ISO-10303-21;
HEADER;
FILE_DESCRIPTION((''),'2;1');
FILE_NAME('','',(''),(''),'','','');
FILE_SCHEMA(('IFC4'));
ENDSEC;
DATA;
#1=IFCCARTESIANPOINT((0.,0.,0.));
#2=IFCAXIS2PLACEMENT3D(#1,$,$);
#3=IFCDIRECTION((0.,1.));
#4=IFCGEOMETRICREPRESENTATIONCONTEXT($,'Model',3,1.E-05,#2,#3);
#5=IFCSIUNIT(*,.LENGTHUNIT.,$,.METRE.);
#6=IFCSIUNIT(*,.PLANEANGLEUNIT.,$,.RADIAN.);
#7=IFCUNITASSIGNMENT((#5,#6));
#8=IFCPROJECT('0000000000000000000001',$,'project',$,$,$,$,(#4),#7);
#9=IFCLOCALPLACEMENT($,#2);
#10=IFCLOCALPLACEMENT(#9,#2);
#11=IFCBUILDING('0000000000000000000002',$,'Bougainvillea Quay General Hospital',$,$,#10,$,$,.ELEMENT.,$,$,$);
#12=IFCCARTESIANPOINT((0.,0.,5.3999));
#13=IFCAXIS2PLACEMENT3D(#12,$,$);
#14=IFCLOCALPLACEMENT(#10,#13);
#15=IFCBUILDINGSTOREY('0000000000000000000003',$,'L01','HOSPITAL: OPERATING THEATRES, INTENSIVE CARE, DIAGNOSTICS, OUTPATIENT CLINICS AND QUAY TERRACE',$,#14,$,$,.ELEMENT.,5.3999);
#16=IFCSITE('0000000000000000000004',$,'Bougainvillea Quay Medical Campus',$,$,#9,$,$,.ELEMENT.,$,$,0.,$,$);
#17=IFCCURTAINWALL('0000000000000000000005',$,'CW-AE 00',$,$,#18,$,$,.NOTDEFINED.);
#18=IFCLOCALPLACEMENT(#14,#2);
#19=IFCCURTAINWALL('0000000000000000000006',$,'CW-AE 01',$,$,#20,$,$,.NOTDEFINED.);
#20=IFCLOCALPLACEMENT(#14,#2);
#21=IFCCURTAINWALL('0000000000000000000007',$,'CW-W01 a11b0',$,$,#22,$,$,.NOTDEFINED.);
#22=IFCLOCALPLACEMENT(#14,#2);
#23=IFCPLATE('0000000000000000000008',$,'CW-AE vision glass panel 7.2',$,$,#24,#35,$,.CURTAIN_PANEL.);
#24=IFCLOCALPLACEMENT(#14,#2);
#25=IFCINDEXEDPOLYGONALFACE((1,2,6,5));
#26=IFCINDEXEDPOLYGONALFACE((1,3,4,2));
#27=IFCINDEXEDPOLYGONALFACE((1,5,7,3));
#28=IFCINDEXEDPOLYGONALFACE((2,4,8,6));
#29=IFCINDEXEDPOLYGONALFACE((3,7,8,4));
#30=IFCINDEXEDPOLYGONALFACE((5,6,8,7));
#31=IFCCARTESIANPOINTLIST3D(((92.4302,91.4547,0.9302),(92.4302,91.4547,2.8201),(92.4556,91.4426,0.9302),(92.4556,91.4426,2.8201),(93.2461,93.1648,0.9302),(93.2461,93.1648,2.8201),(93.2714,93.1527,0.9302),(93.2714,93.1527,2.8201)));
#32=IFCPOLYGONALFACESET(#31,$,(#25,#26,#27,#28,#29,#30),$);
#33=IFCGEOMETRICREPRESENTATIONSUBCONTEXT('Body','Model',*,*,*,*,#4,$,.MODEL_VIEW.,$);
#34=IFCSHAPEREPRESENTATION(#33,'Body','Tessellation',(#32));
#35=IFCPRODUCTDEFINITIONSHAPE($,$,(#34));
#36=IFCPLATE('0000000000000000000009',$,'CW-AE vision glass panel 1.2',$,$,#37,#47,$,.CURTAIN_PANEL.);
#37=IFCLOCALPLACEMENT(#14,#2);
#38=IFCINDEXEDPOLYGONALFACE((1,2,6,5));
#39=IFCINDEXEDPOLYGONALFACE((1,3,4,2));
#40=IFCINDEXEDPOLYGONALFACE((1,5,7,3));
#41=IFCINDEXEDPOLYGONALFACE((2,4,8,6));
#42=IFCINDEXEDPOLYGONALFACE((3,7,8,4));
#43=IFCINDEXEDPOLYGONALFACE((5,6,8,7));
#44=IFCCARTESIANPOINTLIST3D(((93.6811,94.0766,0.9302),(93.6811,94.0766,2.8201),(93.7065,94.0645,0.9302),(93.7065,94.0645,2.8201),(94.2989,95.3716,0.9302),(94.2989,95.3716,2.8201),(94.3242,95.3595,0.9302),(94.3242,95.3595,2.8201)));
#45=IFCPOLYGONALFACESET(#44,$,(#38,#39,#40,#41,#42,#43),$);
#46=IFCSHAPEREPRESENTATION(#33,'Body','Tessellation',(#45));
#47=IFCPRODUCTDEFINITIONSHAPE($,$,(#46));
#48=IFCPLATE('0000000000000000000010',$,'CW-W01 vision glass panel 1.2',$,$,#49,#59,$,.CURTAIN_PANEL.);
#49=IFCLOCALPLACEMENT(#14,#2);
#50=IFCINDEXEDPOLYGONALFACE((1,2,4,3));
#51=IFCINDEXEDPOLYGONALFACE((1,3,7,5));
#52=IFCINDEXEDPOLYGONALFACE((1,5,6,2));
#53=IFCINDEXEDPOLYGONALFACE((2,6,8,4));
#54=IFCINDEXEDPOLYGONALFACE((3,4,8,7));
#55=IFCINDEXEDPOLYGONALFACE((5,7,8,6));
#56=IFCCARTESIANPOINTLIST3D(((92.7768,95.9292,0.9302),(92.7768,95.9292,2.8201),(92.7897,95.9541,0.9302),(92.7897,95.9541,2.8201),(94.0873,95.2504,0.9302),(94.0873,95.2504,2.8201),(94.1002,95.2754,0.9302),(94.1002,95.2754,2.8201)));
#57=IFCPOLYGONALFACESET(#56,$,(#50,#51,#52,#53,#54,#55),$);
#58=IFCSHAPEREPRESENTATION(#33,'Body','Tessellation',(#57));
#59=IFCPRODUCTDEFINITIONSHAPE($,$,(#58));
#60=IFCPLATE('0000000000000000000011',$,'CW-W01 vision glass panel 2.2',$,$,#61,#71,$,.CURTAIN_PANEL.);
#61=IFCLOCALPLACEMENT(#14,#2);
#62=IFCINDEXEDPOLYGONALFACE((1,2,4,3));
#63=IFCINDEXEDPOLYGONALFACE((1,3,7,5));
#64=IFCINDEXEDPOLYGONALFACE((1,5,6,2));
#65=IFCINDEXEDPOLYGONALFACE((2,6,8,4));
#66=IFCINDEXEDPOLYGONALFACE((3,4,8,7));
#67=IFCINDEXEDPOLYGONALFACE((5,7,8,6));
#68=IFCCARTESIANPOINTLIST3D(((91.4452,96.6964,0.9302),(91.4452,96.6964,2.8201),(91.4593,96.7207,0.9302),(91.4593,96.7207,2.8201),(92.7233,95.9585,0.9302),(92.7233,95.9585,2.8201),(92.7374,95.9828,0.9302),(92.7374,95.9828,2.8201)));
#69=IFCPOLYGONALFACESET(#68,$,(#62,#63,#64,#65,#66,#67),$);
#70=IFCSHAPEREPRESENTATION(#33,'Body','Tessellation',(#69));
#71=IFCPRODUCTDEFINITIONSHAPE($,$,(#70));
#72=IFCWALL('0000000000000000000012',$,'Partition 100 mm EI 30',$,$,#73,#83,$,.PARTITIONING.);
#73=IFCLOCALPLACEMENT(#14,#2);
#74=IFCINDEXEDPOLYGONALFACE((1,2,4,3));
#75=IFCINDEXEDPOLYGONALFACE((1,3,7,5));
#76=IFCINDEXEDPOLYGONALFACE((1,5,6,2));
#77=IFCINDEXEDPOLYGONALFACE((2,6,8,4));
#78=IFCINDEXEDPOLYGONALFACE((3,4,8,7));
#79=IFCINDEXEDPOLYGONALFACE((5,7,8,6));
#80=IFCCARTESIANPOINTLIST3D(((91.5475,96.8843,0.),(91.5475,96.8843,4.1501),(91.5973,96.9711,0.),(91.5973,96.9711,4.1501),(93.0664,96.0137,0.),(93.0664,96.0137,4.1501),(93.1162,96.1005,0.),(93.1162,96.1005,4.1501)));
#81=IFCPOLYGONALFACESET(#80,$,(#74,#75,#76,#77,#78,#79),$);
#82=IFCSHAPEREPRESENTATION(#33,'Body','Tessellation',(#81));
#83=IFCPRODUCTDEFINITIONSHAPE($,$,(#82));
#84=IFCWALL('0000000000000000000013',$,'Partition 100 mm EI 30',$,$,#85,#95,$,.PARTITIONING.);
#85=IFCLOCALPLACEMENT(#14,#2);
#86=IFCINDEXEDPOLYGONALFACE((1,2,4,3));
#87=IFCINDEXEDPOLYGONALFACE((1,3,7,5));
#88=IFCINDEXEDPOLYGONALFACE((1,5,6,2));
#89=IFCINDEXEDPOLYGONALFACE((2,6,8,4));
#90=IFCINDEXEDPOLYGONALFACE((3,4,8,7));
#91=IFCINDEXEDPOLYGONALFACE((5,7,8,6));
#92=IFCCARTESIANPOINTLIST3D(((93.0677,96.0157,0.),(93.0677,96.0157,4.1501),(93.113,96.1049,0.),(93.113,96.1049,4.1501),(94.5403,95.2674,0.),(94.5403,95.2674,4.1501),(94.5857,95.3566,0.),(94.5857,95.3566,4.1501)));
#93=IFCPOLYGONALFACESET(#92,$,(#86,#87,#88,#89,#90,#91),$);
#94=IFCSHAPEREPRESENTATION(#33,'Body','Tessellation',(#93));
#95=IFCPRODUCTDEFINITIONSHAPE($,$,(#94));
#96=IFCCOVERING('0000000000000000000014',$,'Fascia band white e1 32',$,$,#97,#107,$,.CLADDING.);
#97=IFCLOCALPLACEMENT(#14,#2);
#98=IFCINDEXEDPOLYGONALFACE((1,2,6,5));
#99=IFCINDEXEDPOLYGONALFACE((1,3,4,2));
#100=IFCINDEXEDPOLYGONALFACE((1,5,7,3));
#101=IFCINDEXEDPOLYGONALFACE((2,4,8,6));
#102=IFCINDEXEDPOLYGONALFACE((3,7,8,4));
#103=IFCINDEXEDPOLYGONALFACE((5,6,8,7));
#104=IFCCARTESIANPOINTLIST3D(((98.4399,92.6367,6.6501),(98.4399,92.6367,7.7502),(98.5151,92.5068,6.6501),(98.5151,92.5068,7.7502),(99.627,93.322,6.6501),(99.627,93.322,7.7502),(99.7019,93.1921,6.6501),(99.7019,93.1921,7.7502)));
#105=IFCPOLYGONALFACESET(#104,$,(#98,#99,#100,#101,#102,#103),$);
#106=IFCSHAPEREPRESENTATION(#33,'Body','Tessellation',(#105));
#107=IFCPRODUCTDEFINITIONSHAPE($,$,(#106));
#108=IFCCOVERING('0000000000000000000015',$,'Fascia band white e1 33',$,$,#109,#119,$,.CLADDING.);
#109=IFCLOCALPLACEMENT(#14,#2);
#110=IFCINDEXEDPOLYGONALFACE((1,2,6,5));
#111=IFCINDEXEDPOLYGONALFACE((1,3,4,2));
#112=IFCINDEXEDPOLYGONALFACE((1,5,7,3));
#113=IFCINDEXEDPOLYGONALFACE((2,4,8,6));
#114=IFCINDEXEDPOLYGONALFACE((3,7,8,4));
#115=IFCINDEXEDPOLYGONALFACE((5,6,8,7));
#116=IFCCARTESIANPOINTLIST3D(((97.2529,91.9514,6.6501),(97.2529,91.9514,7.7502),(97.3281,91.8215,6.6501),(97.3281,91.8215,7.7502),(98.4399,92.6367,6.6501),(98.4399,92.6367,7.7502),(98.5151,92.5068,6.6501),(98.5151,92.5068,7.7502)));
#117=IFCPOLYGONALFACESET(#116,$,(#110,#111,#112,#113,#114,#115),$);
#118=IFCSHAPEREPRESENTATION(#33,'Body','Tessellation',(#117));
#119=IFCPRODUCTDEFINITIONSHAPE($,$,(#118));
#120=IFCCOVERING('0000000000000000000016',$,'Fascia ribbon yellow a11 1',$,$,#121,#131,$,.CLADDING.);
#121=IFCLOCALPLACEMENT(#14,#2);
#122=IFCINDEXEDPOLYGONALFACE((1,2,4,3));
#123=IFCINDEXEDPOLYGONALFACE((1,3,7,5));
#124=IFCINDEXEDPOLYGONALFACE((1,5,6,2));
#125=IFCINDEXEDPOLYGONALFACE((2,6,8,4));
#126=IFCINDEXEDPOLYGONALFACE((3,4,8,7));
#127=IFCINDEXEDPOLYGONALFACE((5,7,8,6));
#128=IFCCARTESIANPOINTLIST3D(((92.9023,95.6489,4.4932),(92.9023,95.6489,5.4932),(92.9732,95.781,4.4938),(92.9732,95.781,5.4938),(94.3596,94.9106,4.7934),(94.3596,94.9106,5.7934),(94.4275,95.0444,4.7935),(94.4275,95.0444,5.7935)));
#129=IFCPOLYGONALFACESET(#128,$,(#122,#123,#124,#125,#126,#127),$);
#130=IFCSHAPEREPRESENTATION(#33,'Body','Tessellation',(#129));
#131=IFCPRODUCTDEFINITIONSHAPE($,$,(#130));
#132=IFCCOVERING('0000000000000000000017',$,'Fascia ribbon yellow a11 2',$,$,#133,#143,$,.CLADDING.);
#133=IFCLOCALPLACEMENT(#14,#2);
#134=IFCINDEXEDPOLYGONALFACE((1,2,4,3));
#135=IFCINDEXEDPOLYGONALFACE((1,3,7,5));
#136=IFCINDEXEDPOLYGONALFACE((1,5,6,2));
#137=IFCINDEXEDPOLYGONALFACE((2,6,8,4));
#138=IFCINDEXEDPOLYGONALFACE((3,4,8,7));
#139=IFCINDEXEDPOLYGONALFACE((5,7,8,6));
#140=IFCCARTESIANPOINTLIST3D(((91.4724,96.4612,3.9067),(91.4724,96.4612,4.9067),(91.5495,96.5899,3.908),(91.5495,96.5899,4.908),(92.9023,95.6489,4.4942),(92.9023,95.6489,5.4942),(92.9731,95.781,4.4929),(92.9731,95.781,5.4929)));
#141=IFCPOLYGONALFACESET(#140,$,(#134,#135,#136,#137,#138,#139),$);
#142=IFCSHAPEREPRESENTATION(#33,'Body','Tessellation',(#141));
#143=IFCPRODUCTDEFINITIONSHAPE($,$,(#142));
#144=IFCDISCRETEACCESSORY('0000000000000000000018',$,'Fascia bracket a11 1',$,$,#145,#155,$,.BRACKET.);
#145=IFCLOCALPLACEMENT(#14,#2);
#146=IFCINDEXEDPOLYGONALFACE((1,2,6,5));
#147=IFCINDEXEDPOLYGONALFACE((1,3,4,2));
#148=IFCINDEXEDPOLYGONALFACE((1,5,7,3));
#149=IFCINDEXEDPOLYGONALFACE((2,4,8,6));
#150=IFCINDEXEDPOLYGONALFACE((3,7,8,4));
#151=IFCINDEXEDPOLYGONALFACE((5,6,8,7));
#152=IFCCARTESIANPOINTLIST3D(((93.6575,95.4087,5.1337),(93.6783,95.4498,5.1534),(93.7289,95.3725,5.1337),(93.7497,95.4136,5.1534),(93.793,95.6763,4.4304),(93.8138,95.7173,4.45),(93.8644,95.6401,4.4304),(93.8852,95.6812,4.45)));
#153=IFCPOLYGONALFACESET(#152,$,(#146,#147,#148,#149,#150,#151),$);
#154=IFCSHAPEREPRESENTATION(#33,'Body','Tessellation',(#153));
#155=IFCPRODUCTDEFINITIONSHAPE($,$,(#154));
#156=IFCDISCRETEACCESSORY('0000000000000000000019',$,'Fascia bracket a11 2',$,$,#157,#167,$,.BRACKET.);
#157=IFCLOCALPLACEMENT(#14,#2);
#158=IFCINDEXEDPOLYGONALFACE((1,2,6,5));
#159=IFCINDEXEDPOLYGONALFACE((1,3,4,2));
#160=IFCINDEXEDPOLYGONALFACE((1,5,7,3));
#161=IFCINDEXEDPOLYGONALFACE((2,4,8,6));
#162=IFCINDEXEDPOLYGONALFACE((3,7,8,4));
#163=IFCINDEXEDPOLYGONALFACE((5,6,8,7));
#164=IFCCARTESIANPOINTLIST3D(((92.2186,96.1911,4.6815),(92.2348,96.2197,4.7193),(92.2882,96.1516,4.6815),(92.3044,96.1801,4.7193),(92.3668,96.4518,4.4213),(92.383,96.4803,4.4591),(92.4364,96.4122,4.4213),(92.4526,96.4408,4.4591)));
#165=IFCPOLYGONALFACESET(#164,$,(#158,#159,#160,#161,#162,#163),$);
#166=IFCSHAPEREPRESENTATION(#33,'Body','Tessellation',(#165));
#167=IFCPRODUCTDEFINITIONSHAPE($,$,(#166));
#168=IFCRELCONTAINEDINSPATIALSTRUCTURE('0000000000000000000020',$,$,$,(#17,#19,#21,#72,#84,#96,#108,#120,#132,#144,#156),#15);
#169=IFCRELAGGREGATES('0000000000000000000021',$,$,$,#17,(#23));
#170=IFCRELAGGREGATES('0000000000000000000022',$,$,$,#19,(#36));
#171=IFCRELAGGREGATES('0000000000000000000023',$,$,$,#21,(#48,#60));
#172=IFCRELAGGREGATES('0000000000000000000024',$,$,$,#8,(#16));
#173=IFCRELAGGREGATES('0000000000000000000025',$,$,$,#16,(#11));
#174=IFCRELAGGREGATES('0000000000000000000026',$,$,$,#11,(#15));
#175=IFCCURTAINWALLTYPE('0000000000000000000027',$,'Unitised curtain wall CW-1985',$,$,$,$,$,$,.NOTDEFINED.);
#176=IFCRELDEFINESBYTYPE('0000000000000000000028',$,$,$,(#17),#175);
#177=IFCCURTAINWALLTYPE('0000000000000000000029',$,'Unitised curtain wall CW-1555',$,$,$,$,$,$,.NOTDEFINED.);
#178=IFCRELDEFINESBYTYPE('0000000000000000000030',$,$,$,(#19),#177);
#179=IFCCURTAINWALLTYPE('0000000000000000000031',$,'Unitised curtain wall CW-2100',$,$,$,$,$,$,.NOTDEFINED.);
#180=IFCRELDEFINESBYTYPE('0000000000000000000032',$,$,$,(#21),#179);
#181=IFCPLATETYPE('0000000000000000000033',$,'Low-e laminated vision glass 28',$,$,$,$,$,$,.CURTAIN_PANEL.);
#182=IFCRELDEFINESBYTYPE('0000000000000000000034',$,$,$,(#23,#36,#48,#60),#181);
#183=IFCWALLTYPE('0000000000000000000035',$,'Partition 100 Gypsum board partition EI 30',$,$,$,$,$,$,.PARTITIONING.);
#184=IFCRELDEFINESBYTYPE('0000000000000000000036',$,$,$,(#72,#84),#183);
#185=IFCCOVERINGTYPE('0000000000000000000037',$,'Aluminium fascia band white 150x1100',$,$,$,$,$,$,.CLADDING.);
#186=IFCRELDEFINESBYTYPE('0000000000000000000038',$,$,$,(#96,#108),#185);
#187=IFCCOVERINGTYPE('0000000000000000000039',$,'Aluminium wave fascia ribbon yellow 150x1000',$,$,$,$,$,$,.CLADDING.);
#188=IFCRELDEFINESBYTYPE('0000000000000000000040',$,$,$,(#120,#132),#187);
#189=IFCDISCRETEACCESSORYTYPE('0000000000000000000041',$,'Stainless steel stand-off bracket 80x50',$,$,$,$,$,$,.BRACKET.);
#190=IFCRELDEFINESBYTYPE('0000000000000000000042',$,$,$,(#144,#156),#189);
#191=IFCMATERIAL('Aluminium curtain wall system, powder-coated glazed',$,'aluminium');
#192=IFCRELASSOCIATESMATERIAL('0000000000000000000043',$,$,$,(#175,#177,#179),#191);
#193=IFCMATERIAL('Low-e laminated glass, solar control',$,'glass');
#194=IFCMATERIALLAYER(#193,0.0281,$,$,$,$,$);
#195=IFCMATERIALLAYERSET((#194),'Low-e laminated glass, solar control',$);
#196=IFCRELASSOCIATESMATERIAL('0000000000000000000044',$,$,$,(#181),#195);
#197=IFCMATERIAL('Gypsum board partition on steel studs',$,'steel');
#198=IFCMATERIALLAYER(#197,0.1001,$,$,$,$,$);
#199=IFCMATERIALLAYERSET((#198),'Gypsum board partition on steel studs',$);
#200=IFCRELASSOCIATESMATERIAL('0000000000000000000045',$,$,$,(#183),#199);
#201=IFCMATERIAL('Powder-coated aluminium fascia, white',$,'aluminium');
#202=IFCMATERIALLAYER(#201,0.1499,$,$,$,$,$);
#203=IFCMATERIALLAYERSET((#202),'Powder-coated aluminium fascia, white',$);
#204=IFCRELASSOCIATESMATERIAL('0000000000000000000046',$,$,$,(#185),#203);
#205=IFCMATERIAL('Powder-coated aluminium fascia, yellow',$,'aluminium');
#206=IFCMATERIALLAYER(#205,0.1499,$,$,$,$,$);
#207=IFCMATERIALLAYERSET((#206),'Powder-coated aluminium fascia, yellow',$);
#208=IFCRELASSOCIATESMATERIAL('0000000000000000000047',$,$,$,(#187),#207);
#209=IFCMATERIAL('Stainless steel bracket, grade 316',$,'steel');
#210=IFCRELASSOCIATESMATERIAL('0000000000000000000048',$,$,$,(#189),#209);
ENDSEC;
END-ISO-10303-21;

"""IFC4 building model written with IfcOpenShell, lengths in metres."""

from ifc_helpers import new_model, si_unit, direction, frame, frame_2d, origin, origin_2d, place, context, subcontext, project, spatial, polyline, rectangle, outline, extrude, material, layer, layer_set, material_profile, profile_set, type_object, element, aggregate, save


model = new_model("IFC4")

# Units and contexts
model_context = context("Model", 3, precision=1e-05, world=origin(), true_north=direction((0.0, 1.0)))
body_context = subcontext(model_context, "Body", "Model", "MODEL_VIEW")
ifc_project = project(units=[si_unit("LENGTHUNIT", "METRE"), si_unit("PLANEANGLEUNIT", "RADIAN")], contexts=[model_context])

# Site, building, storey
site_placement = place(None, origin())
site = spatial("IfcSite", under=ifc_project, at=site_placement, Name="Bougainvillea Quay Medical Campus", CompositionType="ELEMENT", RefElevation=0.0)
building_placement = place(site_placement, origin())
building = spatial("IfcBuilding", under=site, at=building_placement, Name="Bougainvillea Quay General Hospital", CompositionType="ELEMENT")
storey_placement = place(building_placement, frame((0.0, 0.0, 5.3999)))
storey = spatial("IfcBuildingStorey", under=building, at=storey_placement, Name="L01", Description="HOSPITAL: OPERATING THEATRES, INTENSIVE CARE, DIAGNOSTICS, OUTPATIENT CLINICS AND QUAY TERRACE", CompositionType="ELEMENT", Elevation=5.3999)

# Curtain wall
ifc_material_1 = material(Name="Aluminium curtain wall system, powder-coated glazed", Category="aluminium")
curtain_wall_type_1 = type_object("IfcCurtainWallType", Name="Unitised curtain wall CW-1985", PredefinedType="NOTDEFINED", material=ifc_material_1)
curtain_wall_1_placement = place(storey_placement, origin())
curtain_wall_1 = element("IfcCurtainWall", 1, at=curtain_wall_1_placement, inside=storey, type_object=curtain_wall_type_1, Name="CW-AE 00", PredefinedType="NOTDEFINED")

# Curtain walls
curtain_wall_type_2 = type_object("IfcCurtainWallType", Name="Unitised curtain wall CW-1555", PredefinedType="NOTDEFINED", material=ifc_material_1)
curtain_wall_2_placement = place(storey_placement, origin())
curtain_wall_2 = element("IfcCurtainWall", 2, at=curtain_wall_2_placement, inside=storey, type_object=curtain_wall_type_2, Name="CW-AE 01", PredefinedType="NOTDEFINED")
curtain_wall_type_3 = type_object("IfcCurtainWallType", Name="Unitised curtain wall CW-2100", PredefinedType="NOTDEFINED", material=ifc_material_1)
curtain_wall_3_placement = place(storey_placement, origin())
curtain_wall_3 = element("IfcCurtainWall", 3, at=curtain_wall_3_placement, inside=storey, type_object=curtain_wall_type_3, Name="CW-W01 a11b0", PredefinedType="NOTDEFINED")

# Plates
ifc_material_2 = material(Name="Low-e laminated glass, solar control", Category="glass")
ifc_layer_1 = layer(ifc_material_2, 0.0281)
ifc_layer_set_1 = layer_set([ifc_layer_1], Name="Low-e laminated glass, solar control")
plate_type_1 = type_object("IfcPlateType", Name="Low-e laminated vision glass 28", PredefinedType="CURTAIN_PANEL", material=ifc_layer_set_1)
plate_1_placement = place(storey_placement, frame((92.8508, 92.3037, 0.9302), z_axis=(0.0, 0.0, 1.0), x_axis=(0.430563, 0.902561, 0.0)))
plate_1 = element("IfcPlate", 4, at=plate_1_placement, type_object=plate_type_1, Name="CW-AE vision glass panel 7.2", PredefinedType="CURTAIN_PANEL", context=body_context, shape_type="SweptSolid", body=[
    extrude(rectangle(XDim=1.8948, YDim=0.0281, at=origin_2d()), origin(), (0.0, 0.0, 1.0), 1.8899),
])
aggregate(curtain_wall_1, [plate_1])
plate_2_placement = place(storey_placement, frame((94.0027, 94.718, 0.9302), z_axis=(0.0, 0.0, 1.0), x_axis=(0.430563, 0.902561, 0.0)))
plate_2 = element("IfcPlate", 5, at=plate_2_placement, type_object=plate_type_1, Name="CW-AE vision glass panel 1.2", PredefinedType="CURTAIN_PANEL", context=body_context, shape_type="SweptSolid", body=[
    extrude(rectangle(XDim=1.4348, YDim=0.0281, at=origin_2d()), origin(), (0.0, 0.0, 1.0), 1.8899),
])
aggregate(curtain_wall_2, [plate_2])
plate_3_placement = place(storey_placement, frame((93.4385, 95.6023, 0.9302), z_axis=(0.0, 0.0, 1.0), x_axis=(-0.887958, 0.459924, 0.0)))
plate_3 = element("IfcPlate", 6, at=plate_3_placement, type_object=plate_type_1, Name="CW-W01 vision glass panel 1.2", PredefinedType="CURTAIN_PANEL", context=body_context, shape_type="SweptSolid", body=[
    extrude(rectangle(XDim=1.4758, YDim=0.0281, at=origin_2d()), origin(), (0.0, 0.0, 1.0), 1.8899),
])
plate_4_placement = place(storey_placement, frame((92.0913, 96.3396, 0.9302), z_axis=(0.0, 0.0, 1.0), x_axis=(-0.866007, 0.500031, 0.0)))
plate_4 = element("IfcPlate", 7, at=plate_4_placement, type_object=plate_type_1, Name="CW-W01 vision glass panel 2.2", PredefinedType="CURTAIN_PANEL", context=body_context, shape_type="SweptSolid", body=[
    extrude(rectangle(XDim=1.4758, YDim=0.0281, at=origin_2d()), origin(), (0.0, 0.0, 1.0), 1.8899),
])
aggregate(curtain_wall_3, [plate_3, plate_4])

# Walls
ifc_material_3 = material(Name="Gypsum board partition on steel studs", Category="steel")
ifc_layer_2 = layer(ifc_material_3, 0.1001)
ifc_layer_set_2 = layer_set([ifc_layer_2], Name="Gypsum board partition on steel studs")
wall_type = type_object("IfcWallType", Name="Partition 100 Gypsum board partition EI 30", PredefinedType="PARTITIONING", material=ifc_layer_set_2)
wall_1_placement = place(storey_placement, frame((91.5723, 96.9277, 0.0), z_axis=(0.0, 0.0, 1.0), x_axis=(0.867607, -0.49725, 0.0)))
element("IfcWall", 8, at=wall_1_placement, inside=storey, type_object=wall_type, Name="Partition 100 mm EI 30", PredefinedType="PARTITIONING", context=body_context, shape_type="SweptSolid", body=[
    extrude(rectangle(XDim=1.7507, YDim=0.1001, at=frame_2d((0.8755, 0.0))), origin(), (0.0, 0.0, 1.0), 4.1501),
])
wall_2_placement = place(storey_placement, frame((93.0903, 96.0603, 0.0), z_axis=(0.0, 0.0, 1.0), x_axis=(0.891512, -0.452998, 0.0)))
element("IfcWall", 9, at=wall_2_placement, inside=storey, type_object=wall_type, Name="Partition 100 mm EI 30", PredefinedType="PARTITIONING", context=body_context, shape_type="SweptSolid", body=[
    extrude(rectangle(XDim=1.6519, YDim=0.1001, at=frame_2d((0.8259, 0.0))), origin(), (0.0, 0.0, 1.0), 4.1501),
])

# Coverings
ifc_material_4 = material(Name="Powder-coated aluminium fascia, white", Category="aluminium")
ifc_layer_3 = layer(ifc_material_4, 0.1499)
ifc_layer_set_3 = layer_set([ifc_layer_3], Name="Powder-coated aluminium fascia, white")
covering_type_1 = type_object("IfcCoveringType", Name="Aluminium fascia band white 150x1100", PredefinedType="CLADDING", material=ifc_layer_set_3)
covering_1_placement = place(storey_placement, frame((99.7019, 93.1921, 6.6501), z_axis=(0.0, 0.0, 1.0), x_axis=(-0.865987, -0.500067, 0.0)))
element("IfcCovering", 10, at=covering_1_placement, inside=storey, type_object=covering_type_1, Name="Fascia band white e1 32", PredefinedType="CLADDING", context=body_context, shape_type="SweptSolid", body=[
    extrude(outline(polyline([(0.0, 0.0), (1.3704, 0.0), (1.3706, -0.1501), (0.0, -0.15), (0.0, 0.0)])), origin(), (0.0, 0.0, 1.0), 1.1001),
])
covering_2_placement = place(storey_placement, frame((98.5151, 92.5068, 6.6501), z_axis=(0.0, 0.0, 1.0), x_axis=(-0.866031, -0.49999, 0.0)))
element("IfcCovering", 11, at=covering_2_placement, inside=storey, type_object=covering_type_1, Name="Fascia band white e1 33", PredefinedType="CLADDING", context=body_context, shape_type="SweptSolid", body=[
    extrude(outline(polyline([(0.0, 0.0), (1.3706, 0.0), (1.3708, -0.1501), (0.0002, -0.1501), (0.0, 0.0)])), origin(), (0.0, 0.0, 1.0), 1.1001),
])
ifc_material_5 = material(Name="Powder-coated aluminium fascia, yellow", Category="aluminium")
ifc_layer_4 = layer(ifc_material_5, 0.1499)
ifc_layer_set_4 = layer_set([ifc_layer_4], Name="Powder-coated aluminium fascia, yellow")
covering_type_2 = type_object("IfcCoveringType", Name="Aluminium wave fascia ribbon yellow 150x1000", PredefinedType="CLADDING", material=ifc_layer_set_4)
covering_3_placement = place(storey_placement, frame((94.4275, 95.0444, 4.7935), z_axis=(-0.161366, 0.081456, 0.983527), x_axis=(-0.877414, 0.444378, -0.18076)))
element("IfcCovering", 12, at=covering_3_placement, inside=storey, type_object=covering_type_2, Name="Fascia ribbon yellow a11 1", PredefinedType="CLADDING", context=body_context, shape_type="SweptSolid", body=[
    extrude(outline(polyline([(0.0, 0.0), (1.6575, 0.0), (1.6611, 0.1498), (0.0001, 0.15), (0.0, 0.0)])), origin(), (-0.18076, -0.000237, 0.983527), 1.0),
])
covering_4_placement = place(storey_placement, frame((92.9731, 95.781, 4.4929), z_axis=(-0.292587, 0.166019, 0.941717), x_axis=(-0.818786, 0.46521, -0.336407)))
element("IfcCovering", 13, at=covering_4_placement, inside=storey, type_object=covering_type_2, Name="Fascia ribbon yellow a11 2", PredefinedType="CLADDING", context=body_context, shape_type="SweptSolid", body=[
    extrude(outline(polyline([(0.0, 0.0), (1.7387, 0.0), (1.7424, 0.15), (-0.0039, 0.1498), (0.0, 0.0)])), origin(), (-0.336407, -0.000181, 0.941717), 1.0),
])

# Discrete accessories
ifc_material_6 = material(Name="Stainless steel bracket, grade 316", Category="steel")
ifc_material_profile_1 = material_profile(ifc_material_6, rectangle(XDim=0.0801, YDim=0.05, at=origin_2d()))
ifc_profile_set_1 = profile_set([ifc_material_profile_1], Name="Stainless steel bracket, grade 316")
discrete_accessory_type = type_object("IfcDiscreteAccessoryType", Name="Stainless steel stand-off bracket 80x50", PredefinedType="BRACKET", material=ifc_profile_set_1)
discrete_accessory_1_placement = place(storey_placement, frame((93.8391, 95.6787, 4.4402), z_axis=(-0.177203, -0.349937, 0.919861), x_axis=(0.892136, -0.451766, 0.0)))
element("IfcDiscreteAccessory", 14, at=discrete_accessory_1_placement, inside=storey, type_object=discrete_accessory_type, Name="Fascia bracket a11 1", PredefinedType="BRACKET", context=body_context, shape_type="SweptSolid", body=[
    extrude(rectangle(XDim=0.0801, YDim=0.05, at=origin_2d()), origin(), (0.0, 0.0, 1.0), 0.7646),
])
discrete_accessory_2_placement = place(storey_placement, frame((92.4097, 96.4463, 4.4402), z_axis=(-0.373199, -0.656634, 0.655404), x_axis=(0.869393, -0.494121, 0.0)))
element("IfcDiscreteAccessory", 15, at=discrete_accessory_2_placement, inside=storey, type_object=discrete_accessory_type, Name="Fascia bracket a11 2", PredefinedType="BRACKET", context=body_context, shape_type="SweptSolid", body=[
    extrude(rectangle(XDim=0.0801, YDim=0.05, at=origin_2d()), origin(), (0.0, 0.0, 1.0), 0.397),
])

save(model, "model.ifc")
